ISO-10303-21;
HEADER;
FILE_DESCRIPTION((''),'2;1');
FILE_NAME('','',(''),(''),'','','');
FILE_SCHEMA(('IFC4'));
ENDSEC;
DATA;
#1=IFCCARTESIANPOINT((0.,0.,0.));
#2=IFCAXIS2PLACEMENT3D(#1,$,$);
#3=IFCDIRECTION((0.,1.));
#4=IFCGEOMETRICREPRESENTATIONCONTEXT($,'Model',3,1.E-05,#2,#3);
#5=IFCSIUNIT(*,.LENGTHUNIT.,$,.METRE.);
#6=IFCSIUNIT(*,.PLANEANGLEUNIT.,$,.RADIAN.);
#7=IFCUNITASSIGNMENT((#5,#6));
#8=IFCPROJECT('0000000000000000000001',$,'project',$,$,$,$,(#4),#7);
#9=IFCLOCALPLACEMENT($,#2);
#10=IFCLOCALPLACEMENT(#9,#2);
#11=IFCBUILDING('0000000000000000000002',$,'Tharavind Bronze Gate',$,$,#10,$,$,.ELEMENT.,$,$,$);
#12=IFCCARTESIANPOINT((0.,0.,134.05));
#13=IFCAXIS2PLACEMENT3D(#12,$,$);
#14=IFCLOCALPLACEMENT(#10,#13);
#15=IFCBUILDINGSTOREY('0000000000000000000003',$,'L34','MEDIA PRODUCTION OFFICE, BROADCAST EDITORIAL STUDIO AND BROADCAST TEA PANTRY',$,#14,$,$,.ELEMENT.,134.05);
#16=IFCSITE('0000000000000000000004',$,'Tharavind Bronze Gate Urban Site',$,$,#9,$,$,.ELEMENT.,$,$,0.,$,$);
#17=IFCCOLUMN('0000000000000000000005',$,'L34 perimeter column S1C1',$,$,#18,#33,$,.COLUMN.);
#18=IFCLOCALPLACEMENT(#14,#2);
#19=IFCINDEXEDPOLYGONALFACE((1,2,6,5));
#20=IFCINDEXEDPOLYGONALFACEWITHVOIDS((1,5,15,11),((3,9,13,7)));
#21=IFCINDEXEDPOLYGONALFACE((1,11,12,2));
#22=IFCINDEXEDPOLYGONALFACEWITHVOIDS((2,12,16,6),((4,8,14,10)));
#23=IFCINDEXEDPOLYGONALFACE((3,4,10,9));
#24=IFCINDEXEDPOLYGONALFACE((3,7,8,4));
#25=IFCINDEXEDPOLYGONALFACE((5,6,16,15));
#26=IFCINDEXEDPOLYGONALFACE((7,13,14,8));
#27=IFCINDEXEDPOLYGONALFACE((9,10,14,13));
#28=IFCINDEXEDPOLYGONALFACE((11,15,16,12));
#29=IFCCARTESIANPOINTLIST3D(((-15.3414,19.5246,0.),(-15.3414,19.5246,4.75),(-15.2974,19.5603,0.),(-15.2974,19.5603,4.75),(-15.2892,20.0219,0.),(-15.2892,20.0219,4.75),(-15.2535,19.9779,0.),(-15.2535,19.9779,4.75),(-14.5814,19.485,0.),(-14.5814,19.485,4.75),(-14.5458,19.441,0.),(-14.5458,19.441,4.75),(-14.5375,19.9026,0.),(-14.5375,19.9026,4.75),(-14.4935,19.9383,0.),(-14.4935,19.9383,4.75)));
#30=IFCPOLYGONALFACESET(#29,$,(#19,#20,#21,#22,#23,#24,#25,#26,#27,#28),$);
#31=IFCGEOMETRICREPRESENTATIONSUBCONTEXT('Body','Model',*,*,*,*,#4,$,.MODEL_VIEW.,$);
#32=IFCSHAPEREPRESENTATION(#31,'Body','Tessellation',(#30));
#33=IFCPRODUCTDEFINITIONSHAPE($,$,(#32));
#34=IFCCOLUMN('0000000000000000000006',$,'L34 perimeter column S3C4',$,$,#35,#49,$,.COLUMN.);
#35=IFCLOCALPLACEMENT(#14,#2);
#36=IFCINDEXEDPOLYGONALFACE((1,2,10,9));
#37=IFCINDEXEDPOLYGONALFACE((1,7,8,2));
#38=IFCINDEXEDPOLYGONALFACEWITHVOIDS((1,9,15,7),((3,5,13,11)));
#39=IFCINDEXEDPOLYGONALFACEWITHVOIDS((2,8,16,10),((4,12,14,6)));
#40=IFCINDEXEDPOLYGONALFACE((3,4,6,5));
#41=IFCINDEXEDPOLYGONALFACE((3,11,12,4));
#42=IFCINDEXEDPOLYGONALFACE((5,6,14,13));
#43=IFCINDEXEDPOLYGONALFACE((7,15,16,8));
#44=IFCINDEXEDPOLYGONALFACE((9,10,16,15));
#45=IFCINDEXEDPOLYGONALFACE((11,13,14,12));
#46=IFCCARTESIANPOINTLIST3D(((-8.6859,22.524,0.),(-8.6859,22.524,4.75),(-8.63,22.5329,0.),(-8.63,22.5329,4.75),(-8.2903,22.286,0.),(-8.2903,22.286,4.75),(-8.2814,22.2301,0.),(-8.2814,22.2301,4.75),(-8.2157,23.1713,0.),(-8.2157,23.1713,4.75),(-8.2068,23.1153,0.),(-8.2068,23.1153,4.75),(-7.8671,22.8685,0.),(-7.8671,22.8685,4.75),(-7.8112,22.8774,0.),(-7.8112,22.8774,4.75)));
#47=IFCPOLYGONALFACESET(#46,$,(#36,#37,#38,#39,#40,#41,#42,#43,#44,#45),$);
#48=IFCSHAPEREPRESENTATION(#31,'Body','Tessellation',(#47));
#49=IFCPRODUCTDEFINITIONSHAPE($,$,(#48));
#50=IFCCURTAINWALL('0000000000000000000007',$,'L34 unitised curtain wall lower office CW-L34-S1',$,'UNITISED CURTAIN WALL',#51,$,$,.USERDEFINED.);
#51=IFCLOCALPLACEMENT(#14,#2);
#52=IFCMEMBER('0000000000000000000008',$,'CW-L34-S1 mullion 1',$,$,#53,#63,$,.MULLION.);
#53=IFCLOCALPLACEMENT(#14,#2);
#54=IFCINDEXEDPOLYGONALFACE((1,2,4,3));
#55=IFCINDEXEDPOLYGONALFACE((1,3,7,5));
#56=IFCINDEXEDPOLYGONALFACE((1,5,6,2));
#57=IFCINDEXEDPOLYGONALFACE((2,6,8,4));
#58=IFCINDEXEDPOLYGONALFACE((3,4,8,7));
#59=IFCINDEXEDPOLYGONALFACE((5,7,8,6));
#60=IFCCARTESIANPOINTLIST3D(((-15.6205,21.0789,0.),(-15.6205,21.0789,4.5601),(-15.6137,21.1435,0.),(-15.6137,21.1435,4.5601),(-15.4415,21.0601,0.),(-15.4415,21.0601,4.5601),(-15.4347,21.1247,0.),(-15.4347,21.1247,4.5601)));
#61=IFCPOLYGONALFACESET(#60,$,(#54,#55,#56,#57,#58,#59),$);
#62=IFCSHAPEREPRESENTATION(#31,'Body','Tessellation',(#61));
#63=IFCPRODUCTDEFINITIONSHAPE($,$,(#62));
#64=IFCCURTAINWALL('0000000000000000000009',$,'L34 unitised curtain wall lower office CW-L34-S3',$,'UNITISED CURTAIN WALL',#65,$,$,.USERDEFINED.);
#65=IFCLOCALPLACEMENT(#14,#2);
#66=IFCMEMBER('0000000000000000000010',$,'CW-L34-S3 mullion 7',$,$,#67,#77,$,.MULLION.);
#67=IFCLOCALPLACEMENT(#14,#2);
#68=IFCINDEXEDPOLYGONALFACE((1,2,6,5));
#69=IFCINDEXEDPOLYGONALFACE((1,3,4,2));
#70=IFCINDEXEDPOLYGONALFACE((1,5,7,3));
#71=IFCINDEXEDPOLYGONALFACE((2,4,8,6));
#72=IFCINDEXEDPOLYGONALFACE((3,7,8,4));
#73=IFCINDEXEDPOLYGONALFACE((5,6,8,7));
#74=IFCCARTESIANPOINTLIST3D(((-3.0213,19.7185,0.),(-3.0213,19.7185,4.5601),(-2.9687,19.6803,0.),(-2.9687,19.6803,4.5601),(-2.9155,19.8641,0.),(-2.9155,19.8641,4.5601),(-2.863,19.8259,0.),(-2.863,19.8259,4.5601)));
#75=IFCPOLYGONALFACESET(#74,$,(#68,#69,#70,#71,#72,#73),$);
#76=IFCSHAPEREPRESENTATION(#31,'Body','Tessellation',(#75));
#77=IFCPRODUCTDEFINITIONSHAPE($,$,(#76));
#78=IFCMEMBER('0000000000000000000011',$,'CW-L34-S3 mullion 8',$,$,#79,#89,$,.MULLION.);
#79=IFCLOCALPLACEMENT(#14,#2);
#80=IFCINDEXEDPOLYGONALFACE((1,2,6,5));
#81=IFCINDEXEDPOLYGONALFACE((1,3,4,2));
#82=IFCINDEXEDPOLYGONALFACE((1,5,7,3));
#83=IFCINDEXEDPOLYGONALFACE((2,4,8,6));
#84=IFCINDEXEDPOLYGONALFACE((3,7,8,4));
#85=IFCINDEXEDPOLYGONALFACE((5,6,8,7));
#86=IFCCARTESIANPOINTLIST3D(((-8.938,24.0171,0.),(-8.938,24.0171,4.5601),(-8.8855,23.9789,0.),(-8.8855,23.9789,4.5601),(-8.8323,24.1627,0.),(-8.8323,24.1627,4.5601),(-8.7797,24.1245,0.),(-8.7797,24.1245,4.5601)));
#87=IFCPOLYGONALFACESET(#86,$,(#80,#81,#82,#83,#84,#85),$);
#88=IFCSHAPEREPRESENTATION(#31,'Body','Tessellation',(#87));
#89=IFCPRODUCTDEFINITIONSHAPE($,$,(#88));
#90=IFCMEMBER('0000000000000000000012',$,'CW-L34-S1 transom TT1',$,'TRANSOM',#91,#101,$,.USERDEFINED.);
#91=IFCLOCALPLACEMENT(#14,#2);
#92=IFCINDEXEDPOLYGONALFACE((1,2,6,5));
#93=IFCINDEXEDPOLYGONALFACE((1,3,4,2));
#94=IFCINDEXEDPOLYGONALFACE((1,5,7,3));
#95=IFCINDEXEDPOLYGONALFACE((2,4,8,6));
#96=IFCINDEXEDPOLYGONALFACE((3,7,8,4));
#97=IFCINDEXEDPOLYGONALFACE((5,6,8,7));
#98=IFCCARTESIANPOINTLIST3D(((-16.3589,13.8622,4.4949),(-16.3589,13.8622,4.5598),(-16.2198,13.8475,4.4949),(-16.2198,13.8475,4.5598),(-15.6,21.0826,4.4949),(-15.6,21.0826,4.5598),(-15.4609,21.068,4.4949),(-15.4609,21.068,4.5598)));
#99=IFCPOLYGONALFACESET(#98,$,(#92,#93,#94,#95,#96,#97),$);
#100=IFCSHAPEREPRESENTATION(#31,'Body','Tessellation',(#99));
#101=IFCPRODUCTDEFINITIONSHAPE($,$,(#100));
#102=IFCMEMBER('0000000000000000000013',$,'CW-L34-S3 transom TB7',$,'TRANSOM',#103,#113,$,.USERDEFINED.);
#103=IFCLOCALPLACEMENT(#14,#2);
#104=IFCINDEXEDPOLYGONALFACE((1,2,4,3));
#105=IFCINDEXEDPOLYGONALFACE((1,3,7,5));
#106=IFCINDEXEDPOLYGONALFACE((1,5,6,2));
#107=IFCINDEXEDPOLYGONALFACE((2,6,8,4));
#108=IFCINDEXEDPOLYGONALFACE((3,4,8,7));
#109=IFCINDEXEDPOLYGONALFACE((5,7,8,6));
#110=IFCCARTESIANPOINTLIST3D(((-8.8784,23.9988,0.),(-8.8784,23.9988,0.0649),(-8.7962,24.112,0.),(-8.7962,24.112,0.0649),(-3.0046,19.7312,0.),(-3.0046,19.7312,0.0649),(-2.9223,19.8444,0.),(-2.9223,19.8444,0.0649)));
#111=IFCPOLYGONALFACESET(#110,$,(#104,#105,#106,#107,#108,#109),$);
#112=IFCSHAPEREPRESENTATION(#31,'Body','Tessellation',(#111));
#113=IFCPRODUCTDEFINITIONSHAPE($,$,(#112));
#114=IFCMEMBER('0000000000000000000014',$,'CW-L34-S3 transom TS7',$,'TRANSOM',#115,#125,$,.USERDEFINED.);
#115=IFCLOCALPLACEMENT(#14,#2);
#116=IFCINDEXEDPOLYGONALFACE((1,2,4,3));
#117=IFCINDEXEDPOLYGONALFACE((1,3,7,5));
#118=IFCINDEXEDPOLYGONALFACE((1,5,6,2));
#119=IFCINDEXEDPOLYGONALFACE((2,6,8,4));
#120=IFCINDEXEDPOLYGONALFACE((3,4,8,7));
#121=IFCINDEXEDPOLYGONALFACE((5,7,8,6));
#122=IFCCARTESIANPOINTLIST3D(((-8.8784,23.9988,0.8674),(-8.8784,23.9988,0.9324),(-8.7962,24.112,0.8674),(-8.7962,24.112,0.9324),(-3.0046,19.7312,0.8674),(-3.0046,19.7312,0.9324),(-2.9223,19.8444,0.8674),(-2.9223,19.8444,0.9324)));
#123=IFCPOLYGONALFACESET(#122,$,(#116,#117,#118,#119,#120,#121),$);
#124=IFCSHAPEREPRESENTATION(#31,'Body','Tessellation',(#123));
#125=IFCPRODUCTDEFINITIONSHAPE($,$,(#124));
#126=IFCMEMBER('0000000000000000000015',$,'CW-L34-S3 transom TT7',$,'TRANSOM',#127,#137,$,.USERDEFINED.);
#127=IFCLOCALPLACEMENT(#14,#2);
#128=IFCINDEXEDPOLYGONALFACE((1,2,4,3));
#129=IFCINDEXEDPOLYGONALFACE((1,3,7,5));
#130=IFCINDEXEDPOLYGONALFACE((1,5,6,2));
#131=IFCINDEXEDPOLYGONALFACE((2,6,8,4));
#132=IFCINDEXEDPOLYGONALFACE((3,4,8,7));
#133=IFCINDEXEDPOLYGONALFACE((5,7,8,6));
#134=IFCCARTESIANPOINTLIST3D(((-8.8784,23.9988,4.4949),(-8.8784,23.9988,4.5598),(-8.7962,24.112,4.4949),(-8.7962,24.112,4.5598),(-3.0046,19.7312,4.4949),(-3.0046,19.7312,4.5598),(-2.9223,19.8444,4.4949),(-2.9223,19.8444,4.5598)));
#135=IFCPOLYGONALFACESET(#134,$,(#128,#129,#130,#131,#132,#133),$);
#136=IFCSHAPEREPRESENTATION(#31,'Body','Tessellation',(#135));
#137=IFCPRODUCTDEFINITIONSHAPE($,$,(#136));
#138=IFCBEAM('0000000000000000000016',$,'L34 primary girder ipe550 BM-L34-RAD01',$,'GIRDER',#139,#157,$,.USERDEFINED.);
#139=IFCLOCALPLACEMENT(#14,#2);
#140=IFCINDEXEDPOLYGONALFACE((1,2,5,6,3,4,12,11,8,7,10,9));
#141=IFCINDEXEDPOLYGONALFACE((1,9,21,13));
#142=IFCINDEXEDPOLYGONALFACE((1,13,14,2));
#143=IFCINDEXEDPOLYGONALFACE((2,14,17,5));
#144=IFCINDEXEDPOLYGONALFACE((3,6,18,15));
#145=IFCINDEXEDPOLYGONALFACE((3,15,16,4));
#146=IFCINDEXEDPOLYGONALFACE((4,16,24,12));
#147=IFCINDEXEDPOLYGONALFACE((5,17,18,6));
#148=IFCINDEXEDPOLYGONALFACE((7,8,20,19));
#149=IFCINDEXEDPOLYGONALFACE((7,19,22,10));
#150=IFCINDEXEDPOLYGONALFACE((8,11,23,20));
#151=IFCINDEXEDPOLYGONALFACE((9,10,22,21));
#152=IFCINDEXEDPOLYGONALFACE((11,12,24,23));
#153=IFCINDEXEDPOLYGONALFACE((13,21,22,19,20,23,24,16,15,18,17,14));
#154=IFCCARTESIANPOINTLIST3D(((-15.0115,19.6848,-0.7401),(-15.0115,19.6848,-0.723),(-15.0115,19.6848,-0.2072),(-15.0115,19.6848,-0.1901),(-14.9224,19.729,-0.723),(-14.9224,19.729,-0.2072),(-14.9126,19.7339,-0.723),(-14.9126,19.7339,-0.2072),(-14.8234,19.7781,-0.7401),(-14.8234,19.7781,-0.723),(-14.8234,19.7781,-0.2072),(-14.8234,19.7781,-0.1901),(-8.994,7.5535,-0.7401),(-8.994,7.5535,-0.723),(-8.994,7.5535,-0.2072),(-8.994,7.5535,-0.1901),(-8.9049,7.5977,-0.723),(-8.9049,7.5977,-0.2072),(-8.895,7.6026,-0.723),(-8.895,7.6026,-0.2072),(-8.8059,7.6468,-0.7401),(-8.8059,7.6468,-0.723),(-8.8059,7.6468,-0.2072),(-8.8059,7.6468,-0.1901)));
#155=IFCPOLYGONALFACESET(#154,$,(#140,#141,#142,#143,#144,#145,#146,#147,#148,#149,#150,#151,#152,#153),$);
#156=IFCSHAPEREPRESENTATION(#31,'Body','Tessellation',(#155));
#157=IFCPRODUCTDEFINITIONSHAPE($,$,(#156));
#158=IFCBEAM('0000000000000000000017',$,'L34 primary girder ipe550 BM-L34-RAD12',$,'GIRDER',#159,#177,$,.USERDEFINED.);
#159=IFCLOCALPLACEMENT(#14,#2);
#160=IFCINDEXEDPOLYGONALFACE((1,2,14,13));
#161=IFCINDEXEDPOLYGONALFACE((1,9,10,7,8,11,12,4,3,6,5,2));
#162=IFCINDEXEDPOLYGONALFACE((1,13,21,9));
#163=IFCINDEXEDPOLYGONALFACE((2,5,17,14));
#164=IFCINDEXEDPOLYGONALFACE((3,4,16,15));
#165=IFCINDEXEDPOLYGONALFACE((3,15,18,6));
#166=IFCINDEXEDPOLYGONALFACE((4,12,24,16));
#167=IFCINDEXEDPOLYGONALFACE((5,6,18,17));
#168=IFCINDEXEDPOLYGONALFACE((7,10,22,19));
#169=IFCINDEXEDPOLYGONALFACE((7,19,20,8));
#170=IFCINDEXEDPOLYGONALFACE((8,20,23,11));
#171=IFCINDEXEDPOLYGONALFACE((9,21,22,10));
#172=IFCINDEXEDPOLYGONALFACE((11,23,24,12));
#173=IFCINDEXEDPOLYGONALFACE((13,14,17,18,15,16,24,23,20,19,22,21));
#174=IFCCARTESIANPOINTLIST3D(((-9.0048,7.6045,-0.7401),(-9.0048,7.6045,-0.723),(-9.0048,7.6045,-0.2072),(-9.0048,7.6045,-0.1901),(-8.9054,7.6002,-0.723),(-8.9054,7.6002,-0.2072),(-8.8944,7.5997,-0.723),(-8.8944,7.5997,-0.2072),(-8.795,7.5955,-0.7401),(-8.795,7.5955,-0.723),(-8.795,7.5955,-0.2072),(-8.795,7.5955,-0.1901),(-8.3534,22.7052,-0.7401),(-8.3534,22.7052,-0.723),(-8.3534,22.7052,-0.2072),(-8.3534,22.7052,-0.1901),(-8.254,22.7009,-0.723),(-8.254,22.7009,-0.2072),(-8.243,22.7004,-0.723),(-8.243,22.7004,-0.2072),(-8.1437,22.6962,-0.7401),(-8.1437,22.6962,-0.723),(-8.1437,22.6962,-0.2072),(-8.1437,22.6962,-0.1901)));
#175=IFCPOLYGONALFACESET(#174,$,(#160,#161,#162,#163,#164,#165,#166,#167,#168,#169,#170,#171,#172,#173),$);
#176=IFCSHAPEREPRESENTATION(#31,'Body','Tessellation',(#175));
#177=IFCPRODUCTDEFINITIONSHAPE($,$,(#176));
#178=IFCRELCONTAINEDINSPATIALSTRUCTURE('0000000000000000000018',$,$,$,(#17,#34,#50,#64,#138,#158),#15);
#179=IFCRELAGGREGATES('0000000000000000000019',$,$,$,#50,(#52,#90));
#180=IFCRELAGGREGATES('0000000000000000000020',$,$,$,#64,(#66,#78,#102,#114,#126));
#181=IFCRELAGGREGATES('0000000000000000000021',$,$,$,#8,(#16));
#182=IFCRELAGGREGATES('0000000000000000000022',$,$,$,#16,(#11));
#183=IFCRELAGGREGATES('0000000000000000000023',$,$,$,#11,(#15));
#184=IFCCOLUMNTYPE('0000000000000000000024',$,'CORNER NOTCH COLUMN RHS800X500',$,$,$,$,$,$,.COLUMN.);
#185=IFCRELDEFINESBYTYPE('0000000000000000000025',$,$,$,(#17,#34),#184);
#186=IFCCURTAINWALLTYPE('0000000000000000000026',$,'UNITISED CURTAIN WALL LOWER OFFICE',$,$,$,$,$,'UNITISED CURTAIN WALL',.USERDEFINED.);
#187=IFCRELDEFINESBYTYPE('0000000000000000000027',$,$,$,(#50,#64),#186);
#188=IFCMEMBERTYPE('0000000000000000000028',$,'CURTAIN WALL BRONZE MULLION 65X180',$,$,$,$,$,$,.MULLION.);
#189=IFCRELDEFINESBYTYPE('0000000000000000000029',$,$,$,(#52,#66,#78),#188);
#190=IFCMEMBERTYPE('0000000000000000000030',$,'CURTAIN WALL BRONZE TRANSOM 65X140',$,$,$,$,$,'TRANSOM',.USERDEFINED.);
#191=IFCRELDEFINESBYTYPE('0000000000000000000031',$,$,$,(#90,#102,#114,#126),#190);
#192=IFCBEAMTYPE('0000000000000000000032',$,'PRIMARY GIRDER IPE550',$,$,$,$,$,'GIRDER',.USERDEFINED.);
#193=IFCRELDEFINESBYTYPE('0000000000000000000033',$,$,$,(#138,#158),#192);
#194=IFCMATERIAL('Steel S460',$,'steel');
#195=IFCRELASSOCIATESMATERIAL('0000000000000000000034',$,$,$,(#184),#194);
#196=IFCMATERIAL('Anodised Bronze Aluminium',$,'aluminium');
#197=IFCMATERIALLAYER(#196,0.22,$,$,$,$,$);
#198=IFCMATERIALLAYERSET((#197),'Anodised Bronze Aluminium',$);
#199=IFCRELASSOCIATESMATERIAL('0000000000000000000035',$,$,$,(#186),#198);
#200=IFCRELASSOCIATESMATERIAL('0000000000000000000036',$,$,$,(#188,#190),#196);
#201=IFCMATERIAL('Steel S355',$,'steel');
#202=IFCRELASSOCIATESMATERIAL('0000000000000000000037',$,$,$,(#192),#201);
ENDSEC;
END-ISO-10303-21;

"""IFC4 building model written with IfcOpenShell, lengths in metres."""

from ifc_helpers import new_model, si_unit, direction, frame, origin, origin_2d, place, context, subcontext, project, spatial, rectangle, hollow_rectangle, i_section, extrude, material, layer, layer_set, material_profile, profile_set, type_object, element, aggregate, save


model = new_model("IFC4")

# Units and contexts
model_context = context("Model", 3, precision=1e-05, world=origin(), true_north=direction((0.0, 1.0)))
body_context = subcontext(model_context, "Body", "Model", "MODEL_VIEW")
ifc_project = project(units=[si_unit("LENGTHUNIT", "METRE"), si_unit("PLANEANGLEUNIT", "RADIAN")], contexts=[model_context])

# Site, building, storey
site_placement = place(None, origin())
site = spatial("IfcSite", under=ifc_project, at=site_placement, Name="Tharavind Bronze Gate Urban Site", CompositionType="ELEMENT", RefElevation=0.0)
building_placement = place(site_placement, origin())
building = spatial("IfcBuilding", under=site, at=building_placement, Name="Tharavind Bronze Gate", CompositionType="ELEMENT")
storey_placement = place(building_placement, frame((0.0, 0.0, 134.05)))
storey = spatial("IfcBuildingStorey", under=building, at=storey_placement, Name="L34", Description="MEDIA PRODUCTION OFFICE, BROADCAST EDITORIAL STUDIO AND BROADCAST TEA PANTRY", CompositionType="ELEMENT", Elevation=134.05)

# Columns
ifc_material_1 = material(Name="Steel S460", Category="steel")
ifc_material_profile_1 = material_profile(ifc_material_1, hollow_rectangle(XDim=0.5, YDim=0.8, WallThickness=0.04, at=origin_2d()), Name="RHS800X500X40")
ifc_profile_set_1 = profile_set([ifc_material_profile_1], Name="Steel S460")
column_type = type_object("IfcColumnType", Name="CORNER NOTCH COLUMN RHS800X500", PredefinedType="COLUMN", material=ifc_profile_set_1)
for number, where, z_axis, x_axis, name in (
    (1, (-14.9175, 19.7314, 0.0), (0.0, 0.0, 1.0), (0.10453, 0.994522, 0.0), "L34 perimeter column S1C1"),
    (2, (-8.2485, 22.7007, 0.0), (0.0, 0.0, 1.0), (-0.809017, 0.587785, 0.0), "L34 perimeter column S3C4"),
):
    element("IfcColumn", number, at=place(storey_placement, frame(where, z_axis=z_axis, x_axis=x_axis)), inside=storey, type_object=column_type, Name=name, PredefinedType="COLUMN", context=body_context, shape_type="SweptSolid", body=[
        extrude(hollow_rectangle(XDim=0.5, YDim=0.8, WallThickness=0.04, at=origin_2d()), origin(), (0.0, 0.0, 1.0), 4.75),
    ])

# Curtain wall, member
ifc_material_2 = material(Name="Anodised Bronze Aluminium", Category="aluminium")
ifc_layer_1 = layer(ifc_material_2, 0.22)
ifc_layer_set_1 = layer_set([ifc_layer_1], Name="Anodised Bronze Aluminium")
curtain_wall_type = type_object("IfcCurtainWallType", Name="UNITISED CURTAIN WALL LOWER OFFICE", ElementType="UNITISED CURTAIN WALL", PredefinedType="USERDEFINED", material=ifc_layer_set_1)
curtain_wall_1_placement = place(storey_placement, origin())
curtain_wall_1 = element("IfcCurtainWall", 3, at=curtain_wall_1_placement, inside=storey, type_object=curtain_wall_type, Name="L34 unitised curtain wall lower office CW-L34-S1", ObjectType="UNITISED CURTAIN WALL", PredefinedType="USERDEFINED")
member_type_1 = type_object("IfcMemberType", Name="CURTAIN WALL BRONZE MULLION 65X180", PredefinedType="MULLION", material=ifc_material_2)
member_1_placement = place(storey_placement, frame((-15.5276, 21.1018, 0.0), z_axis=(0.0, 0.0, 1.0), x_axis=(-0.104527, -0.994522, 0.0)))
member_1 = element("IfcMember", 4, at=member_1_placement, type_object=member_type_1, Name="CW-L34-S1 mullion 1", PredefinedType="MULLION", context=body_context, shape_type="SweptSolid", body=[
    extrude(rectangle(XDim=0.0649, YDim=0.1799, at=origin_2d()), origin(), (0.0, 0.0, 1.0), 4.5601),
])

# Curtain wall, members
curtain_wall_2_placement = place(storey_placement, origin())
curtain_wall_2 = element("IfcCurtainWall", 5, at=curtain_wall_2_placement, inside=storey, type_object=curtain_wall_type, Name="L34 unitised curtain wall lower office CW-L34-S3", ObjectType="UNITISED CURTAIN WALL", PredefinedType="USERDEFINED")
member_2_placement = place(storey_placement, frame((-2.9421, 19.7722, 0.0), z_axis=(0.0, 0.0, 1.0), x_axis=(-0.809017, 0.587785, 0.0)))
member_2 = element("IfcMember", 6, at=member_2_placement, type_object=member_type_1, Name="CW-L34-S3 mullion 7", PredefinedType="MULLION", context=body_context, shape_type="SweptSolid", body=[
    extrude(rectangle(XDim=0.0649, YDim=0.1799, at=origin_2d()), origin(), (0.0, 0.0, 1.0), 4.5601),
])
member_3_placement = place(storey_placement, frame((-8.8589, 24.0708, 0.0), z_axis=(0.0, 0.0, 1.0), x_axis=(-0.809017, 0.587785, 0.0)))
member_3 = element("IfcMember", 7, at=member_3_placement, type_object=member_type_1, Name="CW-L34-S3 mullion 8", PredefinedType="MULLION", context=body_context, shape_type="SweptSolid", body=[
    extrude(rectangle(XDim=0.0649, YDim=0.1799, at=origin_2d()), origin(), (0.0, 0.0, 1.0), 4.5601),
])

# Members
member_type_2 = type_object("IfcMemberType", Name="CURTAIN WALL BRONZE TRANSOM 65X140", ElementType="TRANSOM", PredefinedType="USERDEFINED", material=ifc_material_2)
member_4_placement = place(storey_placement, frame((-15.9099, 17.4651, 4.4949), z_axis=(0.0, 0.0, 1.0), x_axis=(-0.104527, -0.994522, 0.0)))
member_4 = element("IfcMember", 8, at=member_4_placement, type_object=member_type_2, Name="CW-L34-S1 transom TT1", ObjectType="TRANSOM", PredefinedType="USERDEFINED", context=body_context, shape_type="SweptSolid", body=[
    extrude(rectangle(XDim=7.2603, YDim=0.1399, at=origin_2d()), origin(), (0.0, 0.0, 1.0), 0.0649),
])
member_5_placement = place(storey_placement, frame((-5.9004, 21.9216, 0.0), z_axis=(0.0, 0.0, 1.0), x_axis=(-0.809017, 0.587785, 0.0)))
member_5 = element("IfcMember", 9, at=member_5_placement, type_object=member_type_2, Name="CW-L34-S3 transom TB7", ObjectType="TRANSOM", PredefinedType="USERDEFINED", context=body_context, shape_type="SweptSolid", body=[
    extrude(rectangle(XDim=7.2605, YDim=0.1399, at=origin_2d()), origin(), (0.0, 0.0, 1.0), 0.0649),
])
member_6_placement = place(storey_placement, frame((-5.9004, 21.9216, 0.8674), z_axis=(0.0, 0.0, 1.0), x_axis=(-0.809017, 0.587785, 0.0)))
member_6 = element("IfcMember", 10, at=member_6_placement, type_object=member_type_2, Name="CW-L34-S3 transom TS7", ObjectType="TRANSOM", PredefinedType="USERDEFINED", context=body_context, shape_type="SweptSolid", body=[
    extrude(rectangle(XDim=7.2605, YDim=0.1399, at=origin_2d()), origin(), (0.0, 0.0, 1.0), 0.0649),
])
member_7_placement = place(storey_placement, frame((-5.9004, 21.9216, 4.4949), z_axis=(0.0, 0.0, 1.0), x_axis=(-0.809017, 0.587785, 0.0)))
member_7 = element("IfcMember", 11, at=member_7_placement, type_object=member_type_2, Name="CW-L34-S3 transom TT7", ObjectType="TRANSOM", PredefinedType="USERDEFINED", context=body_context, shape_type="SweptSolid", body=[
    extrude(rectangle(XDim=7.2605, YDim=0.1399, at=origin_2d()), origin(), (0.0, 0.0, 1.0), 0.0649),
])

# Beams
ifc_material_3 = material(Name="Steel S355", Category="steel")
ifc_material_profile_2 = material_profile(ifc_material_3, i_section(OverallWidth=0.21, OverallDepth=0.55, WebThickness=0.011, FlangeThickness=0.0171, at=origin_2d()), Name="IPE550")
ifc_profile_set_2 = profile_set([ifc_material_profile_2], Name="Steel S355")
beam_type_1 = type_object("IfcBeamType", Name="PRIMARY GIRDER IPE550", ElementType="GIRDER", PredefinedType="USERDEFINED", material=ifc_profile_set_2)
beam_1_placement = place(storey_placement, frame((-14.9175, 19.7314, -0.4651), z_axis=(0.44437, -0.895843, 0.0), x_axis=(0.895843, 0.44437, 0.0)))
element("IfcBeam", 12, at=beam_1_placement, inside=storey, type_object=beam_type_1, Name="L34 primary girder ipe550 BM-L34-RAD01", ObjectType="GIRDER", PredefinedType="USERDEFINED", context=body_context, shape_type="SweptSolid", body=[
    extrude(i_section(OverallWidth=0.21, OverallDepth=0.55, WebThickness=0.011, FlangeThickness=0.0171, at=origin_2d()), origin(), (0.0, 0.0, 1.0), 13.5417),
])
beam_2_placement = place(storey_placement, frame((-8.2485, 22.7007, -0.4651), z_axis=(-0.043095, -0.999071, 0.0), x_axis=(0.999071, -0.043095, 0.0)))
element("IfcBeam", 13, at=beam_2_placement, inside=storey, type_object=beam_type_1, Name="L34 primary girder ipe550 BM-L34-RAD12", ObjectType="GIRDER", PredefinedType="USERDEFINED", context=body_context, shape_type="SweptSolid", body=[
    extrude(i_section(OverallWidth=0.21, OverallDepth=0.55, WebThickness=0.011, FlangeThickness=0.0171, at=origin_2d()), origin(), (0.0, 0.0, 1.0), 15.1147),
])

aggregate(curtain_wall_1, [member_1, member_4])
aggregate(curtain_wall_2, [member_2, member_3, member_5, member_6, member_7])

save(model, "model.ifc")
